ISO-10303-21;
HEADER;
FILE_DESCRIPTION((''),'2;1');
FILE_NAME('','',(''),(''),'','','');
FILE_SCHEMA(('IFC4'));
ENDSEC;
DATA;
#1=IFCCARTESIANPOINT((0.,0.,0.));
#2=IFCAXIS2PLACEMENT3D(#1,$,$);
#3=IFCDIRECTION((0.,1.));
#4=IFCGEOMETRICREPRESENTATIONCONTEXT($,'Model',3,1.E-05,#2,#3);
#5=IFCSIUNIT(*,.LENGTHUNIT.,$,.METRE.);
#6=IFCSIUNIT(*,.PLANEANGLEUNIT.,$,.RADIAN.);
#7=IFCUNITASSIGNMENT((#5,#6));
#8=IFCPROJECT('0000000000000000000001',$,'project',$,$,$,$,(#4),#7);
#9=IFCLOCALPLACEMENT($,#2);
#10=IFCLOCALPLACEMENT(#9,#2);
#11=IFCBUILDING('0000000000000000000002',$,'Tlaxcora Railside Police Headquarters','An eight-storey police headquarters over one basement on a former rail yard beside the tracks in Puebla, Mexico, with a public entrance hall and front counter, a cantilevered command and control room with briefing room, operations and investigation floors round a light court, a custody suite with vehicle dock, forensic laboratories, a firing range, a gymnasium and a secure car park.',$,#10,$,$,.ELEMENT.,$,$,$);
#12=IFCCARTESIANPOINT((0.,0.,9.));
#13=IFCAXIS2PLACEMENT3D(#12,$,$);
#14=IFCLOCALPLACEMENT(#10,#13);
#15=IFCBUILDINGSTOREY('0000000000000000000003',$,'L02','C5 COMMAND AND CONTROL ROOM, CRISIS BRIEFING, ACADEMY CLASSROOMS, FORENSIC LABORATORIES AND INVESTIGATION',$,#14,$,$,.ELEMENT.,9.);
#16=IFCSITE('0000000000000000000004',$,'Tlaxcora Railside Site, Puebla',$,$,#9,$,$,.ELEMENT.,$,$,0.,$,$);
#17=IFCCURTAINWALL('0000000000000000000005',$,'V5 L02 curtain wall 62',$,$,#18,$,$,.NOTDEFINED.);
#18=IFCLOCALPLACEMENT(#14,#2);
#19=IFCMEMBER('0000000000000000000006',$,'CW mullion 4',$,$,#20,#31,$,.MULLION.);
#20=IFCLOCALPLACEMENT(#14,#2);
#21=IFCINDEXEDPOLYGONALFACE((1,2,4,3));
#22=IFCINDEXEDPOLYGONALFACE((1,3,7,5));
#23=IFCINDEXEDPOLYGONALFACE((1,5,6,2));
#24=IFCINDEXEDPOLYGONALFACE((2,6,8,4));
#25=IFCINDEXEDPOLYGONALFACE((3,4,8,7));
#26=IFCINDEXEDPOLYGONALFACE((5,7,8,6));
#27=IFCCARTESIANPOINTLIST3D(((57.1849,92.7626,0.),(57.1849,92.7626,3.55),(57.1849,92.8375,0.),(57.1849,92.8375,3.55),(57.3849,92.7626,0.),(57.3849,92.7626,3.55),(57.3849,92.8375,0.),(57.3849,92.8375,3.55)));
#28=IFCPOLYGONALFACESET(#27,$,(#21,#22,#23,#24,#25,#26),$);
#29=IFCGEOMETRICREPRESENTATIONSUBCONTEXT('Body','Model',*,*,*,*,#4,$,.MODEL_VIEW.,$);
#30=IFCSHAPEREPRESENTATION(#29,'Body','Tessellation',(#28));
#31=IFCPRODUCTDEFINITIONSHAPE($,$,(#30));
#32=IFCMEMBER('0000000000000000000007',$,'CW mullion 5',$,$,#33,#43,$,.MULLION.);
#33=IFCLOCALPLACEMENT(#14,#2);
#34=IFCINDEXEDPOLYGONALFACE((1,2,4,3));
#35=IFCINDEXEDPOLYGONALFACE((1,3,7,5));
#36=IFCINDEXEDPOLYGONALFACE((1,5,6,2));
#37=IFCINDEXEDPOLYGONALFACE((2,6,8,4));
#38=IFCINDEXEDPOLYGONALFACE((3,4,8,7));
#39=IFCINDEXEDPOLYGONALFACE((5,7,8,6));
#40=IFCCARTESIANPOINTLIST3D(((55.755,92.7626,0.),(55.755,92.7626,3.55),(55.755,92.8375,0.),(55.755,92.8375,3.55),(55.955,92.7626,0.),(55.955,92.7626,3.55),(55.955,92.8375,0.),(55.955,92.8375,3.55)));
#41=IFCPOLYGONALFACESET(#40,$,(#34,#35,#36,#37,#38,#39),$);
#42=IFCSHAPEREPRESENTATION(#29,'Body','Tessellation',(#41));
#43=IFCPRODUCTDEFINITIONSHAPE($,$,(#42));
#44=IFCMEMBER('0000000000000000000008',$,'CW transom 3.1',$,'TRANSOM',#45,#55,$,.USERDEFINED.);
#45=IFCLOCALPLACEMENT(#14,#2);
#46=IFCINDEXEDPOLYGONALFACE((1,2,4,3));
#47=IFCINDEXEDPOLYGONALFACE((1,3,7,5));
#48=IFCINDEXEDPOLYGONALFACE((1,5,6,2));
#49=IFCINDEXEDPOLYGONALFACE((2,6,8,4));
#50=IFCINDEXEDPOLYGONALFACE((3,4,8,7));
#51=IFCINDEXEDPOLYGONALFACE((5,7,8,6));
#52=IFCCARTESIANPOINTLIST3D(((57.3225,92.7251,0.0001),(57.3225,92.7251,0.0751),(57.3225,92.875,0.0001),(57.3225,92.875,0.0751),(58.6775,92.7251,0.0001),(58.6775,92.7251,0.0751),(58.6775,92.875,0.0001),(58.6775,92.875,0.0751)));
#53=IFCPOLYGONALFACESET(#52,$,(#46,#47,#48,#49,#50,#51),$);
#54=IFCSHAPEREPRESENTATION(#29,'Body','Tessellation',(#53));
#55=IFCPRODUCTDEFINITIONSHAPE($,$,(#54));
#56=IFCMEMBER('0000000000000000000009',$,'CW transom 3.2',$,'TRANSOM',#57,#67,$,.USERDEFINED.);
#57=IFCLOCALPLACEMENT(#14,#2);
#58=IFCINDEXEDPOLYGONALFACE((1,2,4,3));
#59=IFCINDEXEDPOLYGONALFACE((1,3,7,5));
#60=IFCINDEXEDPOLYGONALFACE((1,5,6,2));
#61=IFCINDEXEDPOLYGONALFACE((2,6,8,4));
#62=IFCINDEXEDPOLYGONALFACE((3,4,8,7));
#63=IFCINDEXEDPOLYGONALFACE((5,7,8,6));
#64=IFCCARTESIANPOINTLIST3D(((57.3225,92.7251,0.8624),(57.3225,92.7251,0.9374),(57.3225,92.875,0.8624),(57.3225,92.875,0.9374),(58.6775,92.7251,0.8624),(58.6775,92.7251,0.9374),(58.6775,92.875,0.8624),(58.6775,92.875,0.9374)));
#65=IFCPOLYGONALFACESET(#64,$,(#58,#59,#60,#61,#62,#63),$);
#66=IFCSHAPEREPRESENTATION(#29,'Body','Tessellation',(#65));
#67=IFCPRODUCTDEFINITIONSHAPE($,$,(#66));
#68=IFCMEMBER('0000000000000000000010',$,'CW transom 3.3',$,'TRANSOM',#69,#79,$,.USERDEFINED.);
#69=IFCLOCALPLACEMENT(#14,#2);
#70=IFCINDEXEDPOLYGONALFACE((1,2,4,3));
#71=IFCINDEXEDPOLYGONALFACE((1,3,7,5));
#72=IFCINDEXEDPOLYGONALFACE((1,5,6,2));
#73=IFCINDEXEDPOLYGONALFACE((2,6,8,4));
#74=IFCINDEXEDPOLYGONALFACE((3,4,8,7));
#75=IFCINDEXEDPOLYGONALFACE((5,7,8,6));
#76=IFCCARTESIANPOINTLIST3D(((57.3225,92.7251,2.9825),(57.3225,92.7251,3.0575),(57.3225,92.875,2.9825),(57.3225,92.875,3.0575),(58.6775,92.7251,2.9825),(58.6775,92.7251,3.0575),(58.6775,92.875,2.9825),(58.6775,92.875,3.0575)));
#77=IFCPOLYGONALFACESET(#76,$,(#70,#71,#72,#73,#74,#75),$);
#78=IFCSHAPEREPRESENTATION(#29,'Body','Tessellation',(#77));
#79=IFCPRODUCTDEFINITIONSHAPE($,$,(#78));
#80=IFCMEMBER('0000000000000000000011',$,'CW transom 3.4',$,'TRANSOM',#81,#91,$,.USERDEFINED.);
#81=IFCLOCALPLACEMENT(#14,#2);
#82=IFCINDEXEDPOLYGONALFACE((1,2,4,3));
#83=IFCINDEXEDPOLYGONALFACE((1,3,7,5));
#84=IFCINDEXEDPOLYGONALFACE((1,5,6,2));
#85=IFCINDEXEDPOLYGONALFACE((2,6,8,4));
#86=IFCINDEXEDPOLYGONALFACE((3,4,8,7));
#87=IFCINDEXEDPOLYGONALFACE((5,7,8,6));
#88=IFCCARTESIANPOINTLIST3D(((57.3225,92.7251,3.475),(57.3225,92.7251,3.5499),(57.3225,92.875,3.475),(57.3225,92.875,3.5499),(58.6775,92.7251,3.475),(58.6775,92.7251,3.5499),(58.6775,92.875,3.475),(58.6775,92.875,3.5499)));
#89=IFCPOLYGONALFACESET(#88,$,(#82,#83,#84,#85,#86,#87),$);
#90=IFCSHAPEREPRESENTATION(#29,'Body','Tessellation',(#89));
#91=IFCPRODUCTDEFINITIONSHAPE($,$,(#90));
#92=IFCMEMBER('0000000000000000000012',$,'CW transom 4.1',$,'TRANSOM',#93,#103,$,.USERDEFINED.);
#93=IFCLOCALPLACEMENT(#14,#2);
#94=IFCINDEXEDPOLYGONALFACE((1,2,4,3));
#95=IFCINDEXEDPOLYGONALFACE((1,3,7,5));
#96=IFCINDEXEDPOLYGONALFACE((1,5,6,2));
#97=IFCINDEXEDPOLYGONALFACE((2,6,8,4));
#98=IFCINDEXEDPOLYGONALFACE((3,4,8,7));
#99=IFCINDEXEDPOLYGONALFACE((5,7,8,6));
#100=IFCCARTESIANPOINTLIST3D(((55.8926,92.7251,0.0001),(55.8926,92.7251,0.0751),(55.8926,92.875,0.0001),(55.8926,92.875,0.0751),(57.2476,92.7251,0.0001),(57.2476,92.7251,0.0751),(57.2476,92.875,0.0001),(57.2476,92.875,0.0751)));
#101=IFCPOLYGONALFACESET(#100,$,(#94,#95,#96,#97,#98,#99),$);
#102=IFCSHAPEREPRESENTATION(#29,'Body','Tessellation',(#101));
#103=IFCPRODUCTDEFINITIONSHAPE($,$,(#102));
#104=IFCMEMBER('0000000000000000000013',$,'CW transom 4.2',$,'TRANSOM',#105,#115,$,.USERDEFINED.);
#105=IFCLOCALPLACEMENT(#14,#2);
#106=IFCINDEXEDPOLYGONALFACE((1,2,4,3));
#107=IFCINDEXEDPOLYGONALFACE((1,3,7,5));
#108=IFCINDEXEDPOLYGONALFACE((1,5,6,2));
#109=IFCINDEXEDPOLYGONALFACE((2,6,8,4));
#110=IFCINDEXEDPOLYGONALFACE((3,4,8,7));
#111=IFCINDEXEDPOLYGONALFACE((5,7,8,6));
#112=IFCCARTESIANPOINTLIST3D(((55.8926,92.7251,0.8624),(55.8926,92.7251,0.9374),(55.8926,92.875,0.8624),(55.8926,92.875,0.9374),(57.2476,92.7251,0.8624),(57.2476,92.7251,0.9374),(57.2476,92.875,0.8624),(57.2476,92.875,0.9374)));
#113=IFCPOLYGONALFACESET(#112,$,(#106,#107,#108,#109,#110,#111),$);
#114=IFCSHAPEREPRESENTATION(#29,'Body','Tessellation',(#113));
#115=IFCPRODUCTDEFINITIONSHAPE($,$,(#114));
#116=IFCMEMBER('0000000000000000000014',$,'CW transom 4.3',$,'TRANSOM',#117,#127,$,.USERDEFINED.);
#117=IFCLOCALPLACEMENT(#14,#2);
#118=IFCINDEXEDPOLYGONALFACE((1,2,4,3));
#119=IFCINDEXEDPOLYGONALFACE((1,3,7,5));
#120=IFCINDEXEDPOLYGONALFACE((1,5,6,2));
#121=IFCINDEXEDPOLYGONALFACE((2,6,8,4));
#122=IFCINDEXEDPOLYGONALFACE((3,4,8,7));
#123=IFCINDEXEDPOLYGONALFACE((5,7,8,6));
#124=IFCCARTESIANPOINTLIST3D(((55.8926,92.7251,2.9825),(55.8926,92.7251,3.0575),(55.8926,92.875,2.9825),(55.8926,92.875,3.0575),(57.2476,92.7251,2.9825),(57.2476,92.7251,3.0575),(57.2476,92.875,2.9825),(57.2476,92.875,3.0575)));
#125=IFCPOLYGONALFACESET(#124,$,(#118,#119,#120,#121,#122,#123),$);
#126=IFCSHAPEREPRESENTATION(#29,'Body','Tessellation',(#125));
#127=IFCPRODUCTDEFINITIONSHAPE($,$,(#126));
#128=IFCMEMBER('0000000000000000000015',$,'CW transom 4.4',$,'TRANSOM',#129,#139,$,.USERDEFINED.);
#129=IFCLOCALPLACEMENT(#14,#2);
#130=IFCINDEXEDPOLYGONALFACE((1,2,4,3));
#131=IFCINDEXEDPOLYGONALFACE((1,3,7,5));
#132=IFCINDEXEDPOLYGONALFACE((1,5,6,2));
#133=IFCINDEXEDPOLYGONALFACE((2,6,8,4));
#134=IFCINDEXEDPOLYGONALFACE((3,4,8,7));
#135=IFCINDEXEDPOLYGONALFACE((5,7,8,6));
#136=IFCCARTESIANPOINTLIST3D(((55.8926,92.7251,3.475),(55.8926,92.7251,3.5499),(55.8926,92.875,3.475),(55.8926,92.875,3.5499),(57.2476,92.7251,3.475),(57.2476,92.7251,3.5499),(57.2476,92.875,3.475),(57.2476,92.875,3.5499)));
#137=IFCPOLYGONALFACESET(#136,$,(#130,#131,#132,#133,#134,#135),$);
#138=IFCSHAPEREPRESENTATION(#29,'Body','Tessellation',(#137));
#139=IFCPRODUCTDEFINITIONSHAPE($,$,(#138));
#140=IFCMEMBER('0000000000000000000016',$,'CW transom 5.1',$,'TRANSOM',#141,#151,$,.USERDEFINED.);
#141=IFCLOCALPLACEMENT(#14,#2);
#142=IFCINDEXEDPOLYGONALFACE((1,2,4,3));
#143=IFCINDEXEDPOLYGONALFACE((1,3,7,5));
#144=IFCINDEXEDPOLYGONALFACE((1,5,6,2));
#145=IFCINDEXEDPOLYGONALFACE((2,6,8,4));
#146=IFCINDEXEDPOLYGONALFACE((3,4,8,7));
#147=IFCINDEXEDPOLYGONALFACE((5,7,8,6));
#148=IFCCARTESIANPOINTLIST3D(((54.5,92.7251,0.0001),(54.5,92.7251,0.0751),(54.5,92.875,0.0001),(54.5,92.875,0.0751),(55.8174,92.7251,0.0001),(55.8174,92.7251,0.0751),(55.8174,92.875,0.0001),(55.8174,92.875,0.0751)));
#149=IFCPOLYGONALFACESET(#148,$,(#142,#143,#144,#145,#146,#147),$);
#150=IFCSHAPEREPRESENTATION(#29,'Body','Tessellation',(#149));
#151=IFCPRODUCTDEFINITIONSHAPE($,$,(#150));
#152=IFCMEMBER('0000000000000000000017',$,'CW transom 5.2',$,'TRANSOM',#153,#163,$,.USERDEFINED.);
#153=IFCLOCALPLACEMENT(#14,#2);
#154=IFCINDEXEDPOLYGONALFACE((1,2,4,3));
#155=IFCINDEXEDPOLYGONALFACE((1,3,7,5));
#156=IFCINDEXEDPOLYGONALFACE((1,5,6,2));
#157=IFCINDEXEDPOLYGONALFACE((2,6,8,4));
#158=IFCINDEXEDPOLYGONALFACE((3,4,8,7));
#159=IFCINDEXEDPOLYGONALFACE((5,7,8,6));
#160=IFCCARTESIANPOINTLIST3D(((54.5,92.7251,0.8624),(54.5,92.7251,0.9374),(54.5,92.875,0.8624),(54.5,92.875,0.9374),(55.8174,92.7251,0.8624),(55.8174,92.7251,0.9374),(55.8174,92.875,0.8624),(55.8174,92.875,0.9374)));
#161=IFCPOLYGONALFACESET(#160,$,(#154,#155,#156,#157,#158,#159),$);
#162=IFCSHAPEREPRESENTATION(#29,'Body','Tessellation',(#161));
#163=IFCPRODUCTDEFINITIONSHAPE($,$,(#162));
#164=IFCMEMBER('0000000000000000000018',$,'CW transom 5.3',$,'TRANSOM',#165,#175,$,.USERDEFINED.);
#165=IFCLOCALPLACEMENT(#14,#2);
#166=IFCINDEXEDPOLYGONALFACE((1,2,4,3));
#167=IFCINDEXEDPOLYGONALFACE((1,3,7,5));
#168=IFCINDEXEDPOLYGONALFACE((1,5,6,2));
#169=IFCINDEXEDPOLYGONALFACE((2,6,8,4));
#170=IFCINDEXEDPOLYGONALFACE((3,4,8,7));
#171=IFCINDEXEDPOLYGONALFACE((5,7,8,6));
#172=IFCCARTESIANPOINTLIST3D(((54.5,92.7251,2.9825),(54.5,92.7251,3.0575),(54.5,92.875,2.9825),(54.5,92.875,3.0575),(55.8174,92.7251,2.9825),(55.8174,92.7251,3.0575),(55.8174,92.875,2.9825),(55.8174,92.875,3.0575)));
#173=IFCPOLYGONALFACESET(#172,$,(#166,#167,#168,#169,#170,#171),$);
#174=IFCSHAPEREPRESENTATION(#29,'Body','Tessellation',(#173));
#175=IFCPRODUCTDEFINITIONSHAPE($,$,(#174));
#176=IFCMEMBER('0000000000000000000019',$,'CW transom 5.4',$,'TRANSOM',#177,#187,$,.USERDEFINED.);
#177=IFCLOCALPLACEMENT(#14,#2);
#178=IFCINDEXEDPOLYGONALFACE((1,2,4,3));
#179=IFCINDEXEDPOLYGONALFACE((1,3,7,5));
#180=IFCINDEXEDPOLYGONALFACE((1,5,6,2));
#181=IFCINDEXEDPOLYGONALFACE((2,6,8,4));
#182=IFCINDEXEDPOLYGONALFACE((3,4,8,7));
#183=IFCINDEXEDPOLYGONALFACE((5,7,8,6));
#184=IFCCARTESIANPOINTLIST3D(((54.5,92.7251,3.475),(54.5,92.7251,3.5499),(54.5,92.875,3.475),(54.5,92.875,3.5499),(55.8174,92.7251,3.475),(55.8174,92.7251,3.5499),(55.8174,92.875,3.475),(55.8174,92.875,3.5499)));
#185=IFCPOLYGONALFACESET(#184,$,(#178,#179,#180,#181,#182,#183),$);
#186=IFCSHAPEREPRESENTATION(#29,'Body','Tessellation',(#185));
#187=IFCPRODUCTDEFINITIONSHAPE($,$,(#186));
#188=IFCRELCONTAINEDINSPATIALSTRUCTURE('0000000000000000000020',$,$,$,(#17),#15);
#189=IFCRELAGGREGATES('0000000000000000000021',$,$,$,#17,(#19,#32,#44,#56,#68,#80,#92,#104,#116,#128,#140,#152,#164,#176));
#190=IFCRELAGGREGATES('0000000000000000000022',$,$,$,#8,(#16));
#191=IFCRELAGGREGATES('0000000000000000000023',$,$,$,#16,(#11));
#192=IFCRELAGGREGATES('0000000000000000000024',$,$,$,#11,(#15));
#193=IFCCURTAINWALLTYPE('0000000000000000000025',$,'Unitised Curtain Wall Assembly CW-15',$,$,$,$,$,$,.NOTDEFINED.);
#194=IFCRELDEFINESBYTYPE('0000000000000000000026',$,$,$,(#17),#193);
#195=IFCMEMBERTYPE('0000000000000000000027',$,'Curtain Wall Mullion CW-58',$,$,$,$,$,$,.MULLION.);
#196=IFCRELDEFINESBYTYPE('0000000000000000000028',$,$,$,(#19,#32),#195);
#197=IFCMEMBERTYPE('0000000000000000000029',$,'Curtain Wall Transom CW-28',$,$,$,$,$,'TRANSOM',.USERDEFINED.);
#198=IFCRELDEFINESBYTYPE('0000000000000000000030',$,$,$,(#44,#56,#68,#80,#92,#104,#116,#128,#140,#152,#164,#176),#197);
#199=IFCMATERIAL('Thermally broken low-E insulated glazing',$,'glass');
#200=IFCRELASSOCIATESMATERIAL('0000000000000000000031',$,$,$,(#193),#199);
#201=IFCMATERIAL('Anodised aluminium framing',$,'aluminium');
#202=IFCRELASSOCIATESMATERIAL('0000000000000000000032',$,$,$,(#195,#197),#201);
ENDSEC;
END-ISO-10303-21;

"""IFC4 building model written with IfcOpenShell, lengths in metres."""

from ifc_helpers import new_model, si_unit, direction, frame, origin, origin_2d, place, context, subcontext, project, spatial, rectangle, extrude, material, material_profile, profile_set, type_object, element, aggregate, save


model = new_model("IFC4")

# Units and contexts
model_context = context("Model", 3, precision=1e-05, world=origin(), true_north=direction((0.0, 1.0)))
body_context = subcontext(model_context, "Body", "Model", "MODEL_VIEW")
ifc_project = project(units=[si_unit("LENGTHUNIT", "METRE"), si_unit("PLANEANGLEUNIT", "RADIAN")], contexts=[model_context])

# Site, building, storey
site_placement = place(None, origin())
site = spatial("IfcSite", under=ifc_project, at=site_placement, Name="Tlaxcora Railside Site, Puebla", CompositionType="ELEMENT", RefElevation=0.0)
building_placement = place(site_placement, origin())
building = spatial("IfcBuilding", under=site, at=building_placement, Name="Tlaxcora Railside Police Headquarters", Description="An eight-storey police headquarters over one basement on a former rail yard beside the tracks in Puebla, Mexico, with a public entrance hall and front counter, a cantilevered command and control room with briefing room, operations and investigation floors round a light court, a custody suite with vehicle dock, forensic laboratories, a firing range, a gymnasium and a secure car park.", CompositionType="ELEMENT")
storey_placement = place(building_placement, frame((0.0, 0.0, 9.0)))
storey = spatial("IfcBuildingStorey", under=building, at=storey_placement, Name="L02", Description="C5 COMMAND AND CONTROL ROOM, CRISIS BRIEFING, ACADEMY CLASSROOMS, FORENSIC LABORATORIES AND INVESTIGATION", CompositionType="ELEMENT", Elevation=9.0)

# Curtain wall, members
ifc_material_1 = material(Name="Thermally broken low-E insulated glazing", Category="glass")
curtain_wall_type = type_object("IfcCurtainWallType", Name="Unitised Curtain Wall Assembly CW-15", PredefinedType="NOTDEFINED", material=ifc_material_1)
curtain_wall_placement = place(storey_placement, origin())
curtain_wall = element("IfcCurtainWall", 1, at=curtain_wall_placement, inside=storey, type_object=curtain_wall_type, Name="V5 L02 curtain wall 62", PredefinedType="NOTDEFINED")
ifc_material_2 = material(Name="Anodised aluminium framing", Category="aluminium")
ifc_material_profile_1 = material_profile(ifc_material_2, rectangle(XDim=0.075, YDim=0.2, at=origin_2d()), Name="AL75X200")
ifc_profile_set_1 = profile_set([ifc_material_profile_1], Name="Anodised aluminium framing")
member_type_1 = type_object("IfcMemberType", Name="Curtain Wall Mullion CW-58", PredefinedType="MULLION", material=ifc_profile_set_1)
member_1_placement = place(storey_placement, frame((57.2849, 92.8, 0.0), z_axis=(0.0, 0.0, 1.0), x_axis=(0.0, -1.0, 0.0)))
member_1 = element("IfcMember", 2, at=member_1_placement, type_object=member_type_1, Name="CW mullion 4", PredefinedType="MULLION", context=body_context, shape_type="SweptSolid", body=[
    extrude(rectangle(XDim=0.075, YDim=0.2, at=origin_2d()), origin(), (0.0, 0.0, 1.0), 3.55),
])
member_2_placement = place(storey_placement, frame((55.855, 92.8, 0.0), z_axis=(0.0, 0.0, 1.0), x_axis=(0.0, -1.0, 0.0)))
member_2 = element("IfcMember", 3, at=member_2_placement, type_object=member_type_1, Name="CW mullion 5", PredefinedType="MULLION", context=body_context, shape_type="SweptSolid", body=[
    extrude(rectangle(XDim=0.075, YDim=0.2, at=origin_2d()), origin(), (0.0, 0.0, 1.0), 3.55),
])
ifc_material_profile_2 = material_profile(ifc_material_2, rectangle(XDim=0.1499, YDim=0.075, at=origin_2d()), Name="AL75X150")
ifc_profile_set_2 = profile_set([ifc_material_profile_2], Name="Anodised aluminium framing")
member_type_2 = type_object("IfcMemberType", Name="Curtain Wall Transom CW-28", ElementType="TRANSOM", PredefinedType="USERDEFINED", material=ifc_profile_set_2)
member_3_placement = place(storey_placement, frame((58.6775, 92.8, 0.0376), z_axis=(-1.0, 0.0, 0.0), x_axis=(0.0, -1.0, 0.0)))
member_3 = element("IfcMember", 4, at=member_3_placement, type_object=member_type_2, Name="CW transom 3.1", ObjectType="TRANSOM", PredefinedType="USERDEFINED", context=body_context, shape_type="SweptSolid", body=[
    extrude(rectangle(XDim=0.1499, YDim=0.075, at=origin_2d()), origin(), (0.0, 0.0, 1.0), 1.355),
])
member_4_placement = place(storey_placement, frame((58.6775, 92.8, 0.8999), z_axis=(-1.0, 0.0, 0.0), x_axis=(0.0, -1.0, 0.0)))
member_4 = element("IfcMember", 5, at=member_4_placement, type_object=member_type_2, Name="CW transom 3.2", ObjectType="TRANSOM", PredefinedType="USERDEFINED", context=body_context, shape_type="SweptSolid", body=[
    extrude(rectangle(XDim=0.1499, YDim=0.075, at=origin_2d()), origin(), (0.0, 0.0, 1.0), 1.355),
])
member_5_placement = place(storey_placement, frame((58.6775, 92.8, 3.02), z_axis=(-1.0, 0.0, 0.0), x_axis=(0.0, -1.0, 0.0)))
member_5 = element("IfcMember", 6, at=member_5_placement, type_object=member_type_2, Name="CW transom 3.3", ObjectType="TRANSOM", PredefinedType="USERDEFINED", context=body_context, shape_type="SweptSolid", body=[
    extrude(rectangle(XDim=0.1499, YDim=0.075, at=origin_2d()), origin(), (0.0, 0.0, 1.0), 1.355),
])
member_6_placement = place(storey_placement, frame((58.6775, 92.8, 3.5125), z_axis=(-1.0, 0.0, 0.0), x_axis=(0.0, -1.0, 0.0)))
member_6 = element("IfcMember", 7, at=member_6_placement, type_object=member_type_2, Name="CW transom 3.4", ObjectType="TRANSOM", PredefinedType="USERDEFINED", context=body_context, shape_type="SweptSolid", body=[
    extrude(rectangle(XDim=0.1499, YDim=0.075, at=origin_2d()), origin(), (0.0, 0.0, 1.0), 1.355),
])
member_7_placement = place(storey_placement, frame((57.2476, 92.8, 0.0376), z_axis=(-1.0, 0.0, 0.0), x_axis=(0.0, -1.0, 0.0)))
member_7 = element("IfcMember", 8, at=member_7_placement, type_object=member_type_2, Name="CW transom 4.1", ObjectType="TRANSOM", PredefinedType="USERDEFINED", context=body_context, shape_type="SweptSolid", body=[
    extrude(rectangle(XDim=0.1499, YDim=0.075, at=origin_2d()), origin(), (0.0, 0.0, 1.0), 1.355),
])
member_8_placement = place(storey_placement, frame((57.2476, 92.8, 0.8999), z_axis=(-1.0, 0.0, 0.0), x_axis=(0.0, -1.0, 0.0)))
member_8 = element("IfcMember", 9, at=member_8_placement, type_object=member_type_2, Name="CW transom 4.2", ObjectType="TRANSOM", PredefinedType="USERDEFINED", context=body_context, shape_type="SweptSolid", body=[
    extrude(rectangle(XDim=0.1499, YDim=0.075, at=origin_2d()), origin(), (0.0, 0.0, 1.0), 1.355),
])
member_9_placement = place(storey_placement, frame((57.2476, 92.8, 3.02), z_axis=(-1.0, 0.0, 0.0), x_axis=(0.0, -1.0, 0.0)))
member_9 = element("IfcMember", 10, at=member_9_placement, type_object=member_type_2, Name="CW transom 4.3", ObjectType="TRANSOM", PredefinedType="USERDEFINED", context=body_context, shape_type="SweptSolid", body=[
    extrude(rectangle(XDim=0.1499, YDim=0.075, at=origin_2d()), origin(), (0.0, 0.0, 1.0), 1.355),
])
member_10_placement = place(storey_placement, frame((57.2476, 92.8, 3.5125), z_axis=(-1.0, 0.0, 0.0), x_axis=(0.0, -1.0, 0.0)))
member_10 = element("IfcMember", 11, at=member_10_placement, type_object=member_type_2, Name="CW transom 4.4", ObjectType="TRANSOM", PredefinedType="USERDEFINED", context=body_context, shape_type="SweptSolid", body=[
    extrude(rectangle(XDim=0.1499, YDim=0.075, at=origin_2d()), origin(), (0.0, 0.0, 1.0), 1.355),
])
member_11_placement = place(storey_placement, frame((55.8174, 92.8, 0.0376), z_axis=(-1.0, 0.0, 0.0), x_axis=(0.0, -1.0, 0.0)))
member_11 = element("IfcMember", 12, at=member_11_placement, type_object=member_type_2, Name="CW transom 5.1", ObjectType="TRANSOM", PredefinedType="USERDEFINED", context=body_context, shape_type="SweptSolid", body=[
    extrude(rectangle(XDim=0.1499, YDim=0.075, at=origin_2d()), origin(), (0.0, 0.0, 1.0), 1.3174),
])
member_12_placement = place(storey_placement, frame((55.8174, 92.8, 0.8999), z_axis=(-1.0, 0.0, 0.0), x_axis=(0.0, -1.0, 0.0)))
member_12 = element("IfcMember", 13, at=member_12_placement, type_object=member_type_2, Name="CW transom 5.2", ObjectType="TRANSOM", PredefinedType="USERDEFINED", context=body_context, shape_type="SweptSolid", body=[
    extrude(rectangle(XDim=0.1499, YDim=0.075, at=origin_2d()), origin(), (0.0, 0.0, 1.0), 1.3174),
])
member_13_placement = place(storey_placement, frame((55.8174, 92.8, 3.02), z_axis=(-1.0, 0.0, 0.0), x_axis=(0.0, -1.0, 0.0)))
member_13 = element("IfcMember", 14, at=member_13_placement, type_object=member_type_2, Name="CW transom 5.3", ObjectType="TRANSOM", PredefinedType="USERDEFINED", context=body_context, shape_type="SweptSolid", body=[
    extrude(rectangle(XDim=0.1499, YDim=0.075, at=origin_2d()), origin(), (0.0, 0.0, 1.0), 1.3174),
])
member_14_placement = place(storey_placement, frame((55.8174, 92.8, 3.5125), z_axis=(-1.0, 0.0, 0.0), x_axis=(0.0, -1.0, 0.0)))
member_14 = element("IfcMember", 15, at=member_14_placement, type_object=member_type_2, Name="CW transom 5.4", ObjectType="TRANSOM", PredefinedType="USERDEFINED", context=body_context, shape_type="SweptSolid", body=[
    extrude(rectangle(XDim=0.1499, YDim=0.075, at=origin_2d()), origin(), (0.0, 0.0, 1.0), 1.3174),
])
aggregate(curtain_wall, [member_1, member_2, member_3, member_4, member_5, member_6, member_7, member_8, member_9, member_10, member_11, member_12, member_13, member_14])

save(model, "model.ifc")
